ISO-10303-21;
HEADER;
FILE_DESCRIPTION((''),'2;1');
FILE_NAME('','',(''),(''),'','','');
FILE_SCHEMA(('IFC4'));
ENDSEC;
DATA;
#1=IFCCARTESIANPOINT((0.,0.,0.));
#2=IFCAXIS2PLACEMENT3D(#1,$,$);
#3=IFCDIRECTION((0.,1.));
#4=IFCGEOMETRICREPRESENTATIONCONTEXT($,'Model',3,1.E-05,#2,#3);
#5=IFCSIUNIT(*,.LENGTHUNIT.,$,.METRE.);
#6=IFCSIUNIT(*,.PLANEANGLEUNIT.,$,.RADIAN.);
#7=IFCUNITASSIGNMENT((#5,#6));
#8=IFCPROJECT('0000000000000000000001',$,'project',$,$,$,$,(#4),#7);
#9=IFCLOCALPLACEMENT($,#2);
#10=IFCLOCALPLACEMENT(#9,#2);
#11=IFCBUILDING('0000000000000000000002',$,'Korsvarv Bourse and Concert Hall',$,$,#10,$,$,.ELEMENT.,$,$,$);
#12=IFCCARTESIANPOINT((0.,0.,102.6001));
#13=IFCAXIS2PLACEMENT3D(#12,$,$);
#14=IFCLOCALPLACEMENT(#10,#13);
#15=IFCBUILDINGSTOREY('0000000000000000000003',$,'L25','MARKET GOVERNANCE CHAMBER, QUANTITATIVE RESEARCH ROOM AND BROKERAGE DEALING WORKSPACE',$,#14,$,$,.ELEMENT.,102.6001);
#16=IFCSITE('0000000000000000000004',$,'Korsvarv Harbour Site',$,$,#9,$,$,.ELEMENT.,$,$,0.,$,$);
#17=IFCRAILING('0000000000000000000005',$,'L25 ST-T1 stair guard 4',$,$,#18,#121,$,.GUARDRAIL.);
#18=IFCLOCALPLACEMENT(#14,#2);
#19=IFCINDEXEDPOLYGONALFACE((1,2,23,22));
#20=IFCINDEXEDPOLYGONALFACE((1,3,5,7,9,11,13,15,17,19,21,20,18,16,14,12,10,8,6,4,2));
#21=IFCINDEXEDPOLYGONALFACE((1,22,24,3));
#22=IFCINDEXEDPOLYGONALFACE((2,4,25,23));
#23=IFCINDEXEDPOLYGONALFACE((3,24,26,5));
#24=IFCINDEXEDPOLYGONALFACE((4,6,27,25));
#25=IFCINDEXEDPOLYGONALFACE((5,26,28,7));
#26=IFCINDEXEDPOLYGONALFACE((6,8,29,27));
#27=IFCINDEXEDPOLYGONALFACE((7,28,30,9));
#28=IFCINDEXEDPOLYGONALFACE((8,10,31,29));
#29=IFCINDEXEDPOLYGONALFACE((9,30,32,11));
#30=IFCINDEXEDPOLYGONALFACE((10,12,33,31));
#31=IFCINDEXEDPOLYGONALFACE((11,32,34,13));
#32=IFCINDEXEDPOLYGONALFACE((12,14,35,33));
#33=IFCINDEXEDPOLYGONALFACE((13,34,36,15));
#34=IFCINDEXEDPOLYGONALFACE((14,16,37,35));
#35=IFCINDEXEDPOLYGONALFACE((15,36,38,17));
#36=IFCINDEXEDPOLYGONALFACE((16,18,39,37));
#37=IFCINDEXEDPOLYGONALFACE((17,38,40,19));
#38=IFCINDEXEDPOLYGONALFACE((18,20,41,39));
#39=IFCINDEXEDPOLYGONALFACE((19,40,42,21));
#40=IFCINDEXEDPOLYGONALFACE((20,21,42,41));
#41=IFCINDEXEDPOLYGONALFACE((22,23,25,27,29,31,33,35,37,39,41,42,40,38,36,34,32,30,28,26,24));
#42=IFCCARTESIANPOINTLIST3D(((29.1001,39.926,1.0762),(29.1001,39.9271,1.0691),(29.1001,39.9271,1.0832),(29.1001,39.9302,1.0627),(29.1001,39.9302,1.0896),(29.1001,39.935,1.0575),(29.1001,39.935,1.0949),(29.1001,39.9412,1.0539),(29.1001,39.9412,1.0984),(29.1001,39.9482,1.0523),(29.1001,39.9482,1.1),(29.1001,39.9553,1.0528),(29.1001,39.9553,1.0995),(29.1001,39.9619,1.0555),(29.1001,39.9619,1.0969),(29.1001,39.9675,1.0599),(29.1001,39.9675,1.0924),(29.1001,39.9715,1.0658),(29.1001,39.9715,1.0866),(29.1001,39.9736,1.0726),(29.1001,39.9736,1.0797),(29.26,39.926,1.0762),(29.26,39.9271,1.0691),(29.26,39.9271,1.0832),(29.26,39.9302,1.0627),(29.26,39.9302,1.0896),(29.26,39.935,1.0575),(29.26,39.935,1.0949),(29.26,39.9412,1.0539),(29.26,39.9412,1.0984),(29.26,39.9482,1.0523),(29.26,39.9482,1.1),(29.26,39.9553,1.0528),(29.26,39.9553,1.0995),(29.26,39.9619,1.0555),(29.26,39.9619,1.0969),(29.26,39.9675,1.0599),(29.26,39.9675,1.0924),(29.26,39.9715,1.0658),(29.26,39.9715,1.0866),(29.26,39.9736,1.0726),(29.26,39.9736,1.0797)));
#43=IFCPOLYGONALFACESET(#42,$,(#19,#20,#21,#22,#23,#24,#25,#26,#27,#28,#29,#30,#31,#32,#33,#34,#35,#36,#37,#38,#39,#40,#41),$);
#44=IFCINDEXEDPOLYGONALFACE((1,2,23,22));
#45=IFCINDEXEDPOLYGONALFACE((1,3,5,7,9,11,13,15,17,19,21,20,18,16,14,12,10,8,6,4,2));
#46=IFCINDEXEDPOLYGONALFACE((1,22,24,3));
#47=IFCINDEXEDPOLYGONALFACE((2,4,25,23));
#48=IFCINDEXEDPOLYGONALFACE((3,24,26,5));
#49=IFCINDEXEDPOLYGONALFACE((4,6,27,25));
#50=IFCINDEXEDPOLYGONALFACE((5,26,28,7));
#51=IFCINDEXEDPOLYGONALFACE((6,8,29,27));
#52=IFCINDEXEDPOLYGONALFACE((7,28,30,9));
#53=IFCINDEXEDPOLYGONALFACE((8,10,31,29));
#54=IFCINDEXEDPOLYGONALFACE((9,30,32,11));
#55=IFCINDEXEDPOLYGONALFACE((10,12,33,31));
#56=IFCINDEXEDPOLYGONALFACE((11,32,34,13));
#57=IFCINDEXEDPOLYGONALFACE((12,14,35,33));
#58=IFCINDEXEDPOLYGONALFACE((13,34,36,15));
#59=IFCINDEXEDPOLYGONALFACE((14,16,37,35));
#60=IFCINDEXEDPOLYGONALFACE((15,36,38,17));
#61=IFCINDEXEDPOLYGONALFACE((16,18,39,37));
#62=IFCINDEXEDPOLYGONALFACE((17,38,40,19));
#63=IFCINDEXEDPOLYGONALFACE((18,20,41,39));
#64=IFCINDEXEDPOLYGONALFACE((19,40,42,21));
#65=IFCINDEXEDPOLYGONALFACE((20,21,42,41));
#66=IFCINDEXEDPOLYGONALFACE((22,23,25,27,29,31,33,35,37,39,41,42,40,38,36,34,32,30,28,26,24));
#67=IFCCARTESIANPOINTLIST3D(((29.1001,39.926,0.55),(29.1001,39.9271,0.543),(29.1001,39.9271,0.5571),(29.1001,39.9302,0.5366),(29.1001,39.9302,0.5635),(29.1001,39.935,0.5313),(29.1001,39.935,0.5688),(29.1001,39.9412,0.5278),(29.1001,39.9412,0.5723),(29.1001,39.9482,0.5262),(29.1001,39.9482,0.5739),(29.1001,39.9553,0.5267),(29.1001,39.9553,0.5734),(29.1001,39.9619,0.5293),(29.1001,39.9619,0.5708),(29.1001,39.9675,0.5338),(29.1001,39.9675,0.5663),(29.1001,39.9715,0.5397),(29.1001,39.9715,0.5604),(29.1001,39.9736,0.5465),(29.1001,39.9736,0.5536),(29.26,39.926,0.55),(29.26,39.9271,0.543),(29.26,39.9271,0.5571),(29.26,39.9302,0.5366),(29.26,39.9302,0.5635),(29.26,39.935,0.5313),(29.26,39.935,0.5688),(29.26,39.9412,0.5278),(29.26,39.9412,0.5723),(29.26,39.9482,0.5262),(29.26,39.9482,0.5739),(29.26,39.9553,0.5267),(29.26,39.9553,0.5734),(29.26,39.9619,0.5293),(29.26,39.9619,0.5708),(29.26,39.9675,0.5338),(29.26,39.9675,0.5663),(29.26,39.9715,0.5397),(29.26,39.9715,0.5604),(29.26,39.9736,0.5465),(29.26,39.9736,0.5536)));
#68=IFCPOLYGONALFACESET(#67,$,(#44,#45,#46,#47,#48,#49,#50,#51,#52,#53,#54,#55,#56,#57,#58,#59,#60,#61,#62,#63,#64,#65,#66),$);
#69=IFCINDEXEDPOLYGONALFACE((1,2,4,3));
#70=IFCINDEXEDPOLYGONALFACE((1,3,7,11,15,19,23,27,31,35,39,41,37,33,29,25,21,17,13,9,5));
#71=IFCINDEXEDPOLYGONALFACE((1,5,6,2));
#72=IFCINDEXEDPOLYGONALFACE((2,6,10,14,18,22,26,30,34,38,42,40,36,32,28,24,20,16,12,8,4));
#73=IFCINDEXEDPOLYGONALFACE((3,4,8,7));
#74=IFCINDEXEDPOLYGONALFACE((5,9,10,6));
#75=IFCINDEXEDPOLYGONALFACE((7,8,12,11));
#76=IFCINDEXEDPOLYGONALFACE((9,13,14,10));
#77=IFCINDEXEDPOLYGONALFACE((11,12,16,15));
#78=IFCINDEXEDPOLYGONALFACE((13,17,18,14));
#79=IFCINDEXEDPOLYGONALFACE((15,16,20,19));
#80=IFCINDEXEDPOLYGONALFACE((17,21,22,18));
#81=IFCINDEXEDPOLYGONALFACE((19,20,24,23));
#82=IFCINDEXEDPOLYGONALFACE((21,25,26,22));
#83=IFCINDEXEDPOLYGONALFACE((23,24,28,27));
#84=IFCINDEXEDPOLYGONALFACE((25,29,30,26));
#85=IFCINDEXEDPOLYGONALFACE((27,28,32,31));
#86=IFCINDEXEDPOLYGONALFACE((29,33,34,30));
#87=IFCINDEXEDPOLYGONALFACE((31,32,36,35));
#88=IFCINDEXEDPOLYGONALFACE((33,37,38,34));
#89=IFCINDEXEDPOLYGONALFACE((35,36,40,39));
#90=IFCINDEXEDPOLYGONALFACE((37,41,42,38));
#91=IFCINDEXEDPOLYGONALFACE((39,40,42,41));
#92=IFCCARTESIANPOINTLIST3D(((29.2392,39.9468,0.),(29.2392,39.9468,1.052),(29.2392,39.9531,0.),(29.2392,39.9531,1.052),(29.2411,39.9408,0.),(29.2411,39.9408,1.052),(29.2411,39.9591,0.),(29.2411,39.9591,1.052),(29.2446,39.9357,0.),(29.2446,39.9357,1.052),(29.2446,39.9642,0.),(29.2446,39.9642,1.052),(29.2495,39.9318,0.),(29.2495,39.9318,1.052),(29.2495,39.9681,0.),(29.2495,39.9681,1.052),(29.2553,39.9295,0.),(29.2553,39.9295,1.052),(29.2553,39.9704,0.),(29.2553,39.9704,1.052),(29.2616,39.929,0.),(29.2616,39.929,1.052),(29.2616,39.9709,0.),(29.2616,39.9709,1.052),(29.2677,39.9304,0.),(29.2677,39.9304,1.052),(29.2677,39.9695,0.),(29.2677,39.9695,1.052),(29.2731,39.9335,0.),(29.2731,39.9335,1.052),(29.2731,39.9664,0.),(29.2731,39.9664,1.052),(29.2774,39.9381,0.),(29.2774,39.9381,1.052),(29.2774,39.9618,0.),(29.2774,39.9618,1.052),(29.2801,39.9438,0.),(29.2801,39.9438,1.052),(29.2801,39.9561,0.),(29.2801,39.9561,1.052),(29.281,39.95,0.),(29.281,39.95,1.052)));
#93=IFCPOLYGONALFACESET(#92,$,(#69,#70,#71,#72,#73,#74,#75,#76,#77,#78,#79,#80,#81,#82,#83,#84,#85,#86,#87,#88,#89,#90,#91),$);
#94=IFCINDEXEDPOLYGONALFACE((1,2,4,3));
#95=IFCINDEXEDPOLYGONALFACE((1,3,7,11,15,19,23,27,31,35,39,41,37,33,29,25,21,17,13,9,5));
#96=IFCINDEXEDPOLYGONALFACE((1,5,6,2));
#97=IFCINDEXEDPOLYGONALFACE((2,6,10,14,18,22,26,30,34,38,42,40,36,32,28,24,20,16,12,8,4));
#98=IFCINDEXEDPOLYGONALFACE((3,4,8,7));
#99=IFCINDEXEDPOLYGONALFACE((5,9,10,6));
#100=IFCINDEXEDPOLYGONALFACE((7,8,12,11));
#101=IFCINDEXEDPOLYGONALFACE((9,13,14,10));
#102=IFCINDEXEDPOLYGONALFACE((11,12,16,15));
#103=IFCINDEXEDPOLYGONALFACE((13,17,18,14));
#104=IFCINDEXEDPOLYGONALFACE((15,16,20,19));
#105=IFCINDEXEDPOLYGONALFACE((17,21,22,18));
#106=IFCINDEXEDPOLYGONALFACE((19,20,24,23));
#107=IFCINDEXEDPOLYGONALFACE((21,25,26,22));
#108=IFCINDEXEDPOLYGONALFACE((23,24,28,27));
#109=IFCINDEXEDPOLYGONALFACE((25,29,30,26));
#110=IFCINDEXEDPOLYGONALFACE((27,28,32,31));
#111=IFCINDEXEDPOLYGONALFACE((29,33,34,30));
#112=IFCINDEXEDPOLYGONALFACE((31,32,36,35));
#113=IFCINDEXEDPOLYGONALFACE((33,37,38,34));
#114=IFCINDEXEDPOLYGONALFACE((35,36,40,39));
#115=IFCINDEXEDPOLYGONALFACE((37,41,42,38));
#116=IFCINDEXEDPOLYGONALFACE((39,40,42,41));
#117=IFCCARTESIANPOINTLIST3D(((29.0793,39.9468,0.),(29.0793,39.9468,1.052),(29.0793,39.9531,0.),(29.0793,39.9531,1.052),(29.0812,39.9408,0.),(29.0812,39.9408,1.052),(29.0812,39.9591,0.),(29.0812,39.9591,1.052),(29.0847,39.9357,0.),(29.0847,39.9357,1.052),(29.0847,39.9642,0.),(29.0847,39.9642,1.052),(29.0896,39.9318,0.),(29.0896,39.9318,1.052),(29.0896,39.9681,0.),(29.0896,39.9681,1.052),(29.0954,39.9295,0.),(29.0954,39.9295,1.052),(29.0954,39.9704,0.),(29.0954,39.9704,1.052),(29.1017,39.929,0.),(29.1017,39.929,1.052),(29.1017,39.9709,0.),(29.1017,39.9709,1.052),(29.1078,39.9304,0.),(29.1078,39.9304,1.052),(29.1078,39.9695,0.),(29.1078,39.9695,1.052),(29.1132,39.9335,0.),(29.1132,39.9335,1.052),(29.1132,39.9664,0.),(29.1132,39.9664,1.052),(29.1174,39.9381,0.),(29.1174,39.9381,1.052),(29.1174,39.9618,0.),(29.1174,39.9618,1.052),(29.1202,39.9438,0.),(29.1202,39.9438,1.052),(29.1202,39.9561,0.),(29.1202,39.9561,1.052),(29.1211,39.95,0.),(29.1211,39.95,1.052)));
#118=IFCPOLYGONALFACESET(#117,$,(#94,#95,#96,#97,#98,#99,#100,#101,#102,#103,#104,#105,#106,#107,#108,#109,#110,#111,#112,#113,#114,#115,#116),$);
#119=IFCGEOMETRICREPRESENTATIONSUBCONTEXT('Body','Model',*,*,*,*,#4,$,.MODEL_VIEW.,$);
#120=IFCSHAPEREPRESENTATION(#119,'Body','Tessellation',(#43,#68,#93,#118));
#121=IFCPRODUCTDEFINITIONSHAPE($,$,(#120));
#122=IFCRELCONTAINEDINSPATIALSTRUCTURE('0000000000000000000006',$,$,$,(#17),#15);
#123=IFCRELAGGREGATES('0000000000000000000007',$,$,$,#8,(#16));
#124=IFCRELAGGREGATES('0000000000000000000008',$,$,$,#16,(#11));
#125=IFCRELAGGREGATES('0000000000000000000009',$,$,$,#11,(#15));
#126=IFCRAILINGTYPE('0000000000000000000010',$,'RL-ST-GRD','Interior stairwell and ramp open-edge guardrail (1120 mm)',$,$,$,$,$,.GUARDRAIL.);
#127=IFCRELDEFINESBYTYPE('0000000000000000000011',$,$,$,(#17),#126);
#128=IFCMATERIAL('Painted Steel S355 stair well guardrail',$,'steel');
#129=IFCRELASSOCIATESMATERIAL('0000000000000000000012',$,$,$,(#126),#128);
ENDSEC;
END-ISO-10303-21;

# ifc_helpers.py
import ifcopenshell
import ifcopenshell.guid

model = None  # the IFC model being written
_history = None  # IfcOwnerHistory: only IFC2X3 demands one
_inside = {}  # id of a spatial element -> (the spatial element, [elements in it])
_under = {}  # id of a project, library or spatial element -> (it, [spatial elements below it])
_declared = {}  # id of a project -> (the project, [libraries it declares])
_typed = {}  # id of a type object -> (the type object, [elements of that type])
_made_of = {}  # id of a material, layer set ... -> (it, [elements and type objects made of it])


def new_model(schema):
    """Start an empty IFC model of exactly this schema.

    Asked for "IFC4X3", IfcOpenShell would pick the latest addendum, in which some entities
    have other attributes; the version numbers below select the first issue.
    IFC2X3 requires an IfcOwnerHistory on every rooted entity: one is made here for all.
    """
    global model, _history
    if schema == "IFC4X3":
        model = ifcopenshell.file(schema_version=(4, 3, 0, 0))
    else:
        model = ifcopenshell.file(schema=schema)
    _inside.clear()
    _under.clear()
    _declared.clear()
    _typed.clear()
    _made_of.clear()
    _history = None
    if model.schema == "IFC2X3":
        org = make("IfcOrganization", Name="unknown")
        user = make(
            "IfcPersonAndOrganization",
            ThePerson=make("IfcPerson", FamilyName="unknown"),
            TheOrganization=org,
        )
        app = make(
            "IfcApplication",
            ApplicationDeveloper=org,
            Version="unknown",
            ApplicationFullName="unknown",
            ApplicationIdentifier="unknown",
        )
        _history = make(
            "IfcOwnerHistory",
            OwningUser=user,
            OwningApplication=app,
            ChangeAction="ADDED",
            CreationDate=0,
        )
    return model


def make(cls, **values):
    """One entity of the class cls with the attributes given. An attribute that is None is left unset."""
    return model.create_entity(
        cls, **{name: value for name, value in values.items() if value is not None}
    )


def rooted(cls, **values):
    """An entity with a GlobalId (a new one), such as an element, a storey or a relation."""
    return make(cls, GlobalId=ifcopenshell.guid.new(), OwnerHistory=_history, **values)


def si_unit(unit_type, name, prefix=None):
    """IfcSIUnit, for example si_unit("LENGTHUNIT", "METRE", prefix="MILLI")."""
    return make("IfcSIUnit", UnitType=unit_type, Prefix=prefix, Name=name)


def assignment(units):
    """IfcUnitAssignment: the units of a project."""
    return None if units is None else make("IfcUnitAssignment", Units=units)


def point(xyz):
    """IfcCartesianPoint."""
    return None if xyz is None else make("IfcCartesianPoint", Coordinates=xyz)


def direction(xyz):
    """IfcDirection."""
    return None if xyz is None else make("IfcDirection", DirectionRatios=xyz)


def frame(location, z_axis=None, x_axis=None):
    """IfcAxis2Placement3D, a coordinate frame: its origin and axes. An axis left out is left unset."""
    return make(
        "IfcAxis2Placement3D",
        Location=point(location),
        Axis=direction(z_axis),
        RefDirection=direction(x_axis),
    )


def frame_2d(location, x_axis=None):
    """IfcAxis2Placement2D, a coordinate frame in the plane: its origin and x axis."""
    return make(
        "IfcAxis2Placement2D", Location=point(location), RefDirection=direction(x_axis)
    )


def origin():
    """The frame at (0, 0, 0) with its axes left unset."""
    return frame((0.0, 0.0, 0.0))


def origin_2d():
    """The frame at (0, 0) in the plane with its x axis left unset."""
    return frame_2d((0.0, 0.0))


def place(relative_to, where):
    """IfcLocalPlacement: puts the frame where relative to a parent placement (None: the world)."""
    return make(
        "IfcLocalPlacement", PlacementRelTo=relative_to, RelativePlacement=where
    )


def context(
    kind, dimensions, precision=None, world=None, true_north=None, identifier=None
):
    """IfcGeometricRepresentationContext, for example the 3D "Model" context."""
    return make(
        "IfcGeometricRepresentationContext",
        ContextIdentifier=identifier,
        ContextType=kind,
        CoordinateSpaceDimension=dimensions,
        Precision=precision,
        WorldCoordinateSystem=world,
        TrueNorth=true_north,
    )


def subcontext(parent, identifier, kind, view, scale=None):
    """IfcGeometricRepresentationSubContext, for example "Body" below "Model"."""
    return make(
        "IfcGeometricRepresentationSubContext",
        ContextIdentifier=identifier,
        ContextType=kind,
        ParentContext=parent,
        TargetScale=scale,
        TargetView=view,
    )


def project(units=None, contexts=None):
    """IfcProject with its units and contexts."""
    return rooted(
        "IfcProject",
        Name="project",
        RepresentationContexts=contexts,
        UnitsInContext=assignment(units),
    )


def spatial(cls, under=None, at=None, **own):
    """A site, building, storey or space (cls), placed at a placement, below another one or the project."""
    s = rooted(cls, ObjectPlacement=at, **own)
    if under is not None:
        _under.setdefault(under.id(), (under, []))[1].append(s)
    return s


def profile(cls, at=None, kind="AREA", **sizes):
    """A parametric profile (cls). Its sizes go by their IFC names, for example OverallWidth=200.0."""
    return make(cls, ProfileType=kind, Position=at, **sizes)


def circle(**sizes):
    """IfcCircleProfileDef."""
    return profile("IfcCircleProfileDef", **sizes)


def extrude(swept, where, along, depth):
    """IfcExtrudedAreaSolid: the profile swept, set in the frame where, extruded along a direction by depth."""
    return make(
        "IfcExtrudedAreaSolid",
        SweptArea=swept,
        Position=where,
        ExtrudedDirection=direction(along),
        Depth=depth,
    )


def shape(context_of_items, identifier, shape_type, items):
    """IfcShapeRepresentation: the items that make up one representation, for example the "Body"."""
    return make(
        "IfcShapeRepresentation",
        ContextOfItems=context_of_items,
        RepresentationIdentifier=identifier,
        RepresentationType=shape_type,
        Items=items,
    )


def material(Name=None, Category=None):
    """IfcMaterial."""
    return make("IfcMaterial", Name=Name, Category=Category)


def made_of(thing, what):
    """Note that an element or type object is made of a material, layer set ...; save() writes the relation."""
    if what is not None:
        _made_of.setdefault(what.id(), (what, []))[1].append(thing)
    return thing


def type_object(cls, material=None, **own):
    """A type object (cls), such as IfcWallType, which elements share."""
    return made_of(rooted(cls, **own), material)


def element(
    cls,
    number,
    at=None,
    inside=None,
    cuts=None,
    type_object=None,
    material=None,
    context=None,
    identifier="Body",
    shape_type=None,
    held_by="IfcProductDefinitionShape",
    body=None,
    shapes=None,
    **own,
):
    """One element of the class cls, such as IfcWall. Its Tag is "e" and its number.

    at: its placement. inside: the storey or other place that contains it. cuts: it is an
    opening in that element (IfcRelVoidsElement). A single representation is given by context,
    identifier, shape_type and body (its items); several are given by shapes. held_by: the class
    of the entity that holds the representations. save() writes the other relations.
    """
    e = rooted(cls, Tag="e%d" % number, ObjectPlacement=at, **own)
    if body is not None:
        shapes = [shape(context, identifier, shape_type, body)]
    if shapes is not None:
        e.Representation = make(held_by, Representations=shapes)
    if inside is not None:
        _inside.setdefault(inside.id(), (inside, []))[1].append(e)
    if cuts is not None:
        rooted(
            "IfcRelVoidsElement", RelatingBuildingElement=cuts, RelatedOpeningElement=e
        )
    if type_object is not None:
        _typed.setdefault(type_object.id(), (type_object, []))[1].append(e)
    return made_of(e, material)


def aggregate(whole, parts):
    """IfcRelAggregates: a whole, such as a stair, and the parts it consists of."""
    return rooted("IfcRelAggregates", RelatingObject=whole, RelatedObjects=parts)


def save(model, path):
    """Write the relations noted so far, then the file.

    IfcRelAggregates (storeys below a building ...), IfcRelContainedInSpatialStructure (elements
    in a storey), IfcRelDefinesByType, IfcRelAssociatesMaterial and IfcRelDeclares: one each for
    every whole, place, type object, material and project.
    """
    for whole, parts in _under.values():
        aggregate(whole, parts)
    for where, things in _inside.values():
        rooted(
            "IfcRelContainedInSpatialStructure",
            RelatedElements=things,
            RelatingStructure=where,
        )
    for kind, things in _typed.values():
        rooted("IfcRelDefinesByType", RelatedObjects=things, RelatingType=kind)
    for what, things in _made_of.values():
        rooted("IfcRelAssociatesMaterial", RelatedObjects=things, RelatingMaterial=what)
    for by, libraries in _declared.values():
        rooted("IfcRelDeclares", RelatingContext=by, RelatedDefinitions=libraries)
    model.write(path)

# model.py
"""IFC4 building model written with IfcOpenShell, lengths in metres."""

from ifc_helpers import new_model, si_unit, direction, frame, origin, origin_2d, place, context, subcontext, project, spatial, circle, extrude, material, type_object, element, save


model = new_model("IFC4")

# Units and contexts
model_context = context("Model", 3, precision=1e-05, world=origin(), true_north=direction((0.0, 1.0)))
body_context = subcontext(model_context, "Body", "Model", "MODEL_VIEW")
ifc_project = project(units=[si_unit("LENGTHUNIT", "METRE"), si_unit("PLANEANGLEUNIT", "RADIAN")], contexts=[model_context])

# Site, building, storey
site_placement = place(None, origin())
site = spatial("IfcSite", under=ifc_project, at=site_placement, Name="Korsvarv Harbour Site", CompositionType="ELEMENT", RefElevation=0.0)
building_placement = place(site_placement, origin())
building = spatial("IfcBuilding", under=site, at=building_placement, Name="Korsvarv Bourse and Concert Hall", CompositionType="ELEMENT")
storey_placement = place(building_placement, frame((0.0, 0.0, 102.6001)))
storey = spatial("IfcBuildingStorey", under=building, at=storey_placement, Name="L25", Description="MARKET GOVERNANCE CHAMBER, QUANTITATIVE RESEARCH ROOM AND BROKERAGE DEALING WORKSPACE", CompositionType="ELEMENT", Elevation=102.6001)

# Railing
ifc_material_1 = material(Name="Painted Steel S355 stair well guardrail", Category="steel")
railing_type_1 = type_object("IfcRailingType", Name="RL-ST-GRD", Description="Interior stairwell and ramp open-edge guardrail (1120 mm)", PredefinedType="GUARDRAIL", material=ifc_material_1)
railing_1_placement = place(storey_placement, frame((29.26, 39.95, 0.0)))
element("IfcRailing", 1, at=railing_1_placement, inside=storey, type_object=railing_type_1, Name="L25 ST-T1 stair guard 4", PredefinedType="GUARDRAIL", context=body_context, shape_type="SweptSolid", body=[
    extrude(circle(Radius=0.0239, at=origin_2d()), frame((0.0, 0.0, 1.0762), z_axis=(-1.0, 0.0, 0.0), x_axis=(0.0, -1.0, 0.0)), (0.0, 0.0, 1.0), 0.1599),
    extrude(circle(Radius=0.0239, at=origin_2d()), frame((0.0, 0.0, 0.55), z_axis=(-1.0, 0.0, 0.0), x_axis=(0.0, -1.0, 0.0)), (0.0, 0.0, 1.0), 0.1599),
    extrude(circle(Radius=0.021, at=origin_2d()), origin(), (0.0, 0.0, 1.0), 1.052),
    extrude(circle(Radius=0.021, at=origin_2d()), frame((-0.1599, 0.0, 0.0)), (0.0, 0.0, 1.0), 1.052),
])

save(model, "model.ifc")
